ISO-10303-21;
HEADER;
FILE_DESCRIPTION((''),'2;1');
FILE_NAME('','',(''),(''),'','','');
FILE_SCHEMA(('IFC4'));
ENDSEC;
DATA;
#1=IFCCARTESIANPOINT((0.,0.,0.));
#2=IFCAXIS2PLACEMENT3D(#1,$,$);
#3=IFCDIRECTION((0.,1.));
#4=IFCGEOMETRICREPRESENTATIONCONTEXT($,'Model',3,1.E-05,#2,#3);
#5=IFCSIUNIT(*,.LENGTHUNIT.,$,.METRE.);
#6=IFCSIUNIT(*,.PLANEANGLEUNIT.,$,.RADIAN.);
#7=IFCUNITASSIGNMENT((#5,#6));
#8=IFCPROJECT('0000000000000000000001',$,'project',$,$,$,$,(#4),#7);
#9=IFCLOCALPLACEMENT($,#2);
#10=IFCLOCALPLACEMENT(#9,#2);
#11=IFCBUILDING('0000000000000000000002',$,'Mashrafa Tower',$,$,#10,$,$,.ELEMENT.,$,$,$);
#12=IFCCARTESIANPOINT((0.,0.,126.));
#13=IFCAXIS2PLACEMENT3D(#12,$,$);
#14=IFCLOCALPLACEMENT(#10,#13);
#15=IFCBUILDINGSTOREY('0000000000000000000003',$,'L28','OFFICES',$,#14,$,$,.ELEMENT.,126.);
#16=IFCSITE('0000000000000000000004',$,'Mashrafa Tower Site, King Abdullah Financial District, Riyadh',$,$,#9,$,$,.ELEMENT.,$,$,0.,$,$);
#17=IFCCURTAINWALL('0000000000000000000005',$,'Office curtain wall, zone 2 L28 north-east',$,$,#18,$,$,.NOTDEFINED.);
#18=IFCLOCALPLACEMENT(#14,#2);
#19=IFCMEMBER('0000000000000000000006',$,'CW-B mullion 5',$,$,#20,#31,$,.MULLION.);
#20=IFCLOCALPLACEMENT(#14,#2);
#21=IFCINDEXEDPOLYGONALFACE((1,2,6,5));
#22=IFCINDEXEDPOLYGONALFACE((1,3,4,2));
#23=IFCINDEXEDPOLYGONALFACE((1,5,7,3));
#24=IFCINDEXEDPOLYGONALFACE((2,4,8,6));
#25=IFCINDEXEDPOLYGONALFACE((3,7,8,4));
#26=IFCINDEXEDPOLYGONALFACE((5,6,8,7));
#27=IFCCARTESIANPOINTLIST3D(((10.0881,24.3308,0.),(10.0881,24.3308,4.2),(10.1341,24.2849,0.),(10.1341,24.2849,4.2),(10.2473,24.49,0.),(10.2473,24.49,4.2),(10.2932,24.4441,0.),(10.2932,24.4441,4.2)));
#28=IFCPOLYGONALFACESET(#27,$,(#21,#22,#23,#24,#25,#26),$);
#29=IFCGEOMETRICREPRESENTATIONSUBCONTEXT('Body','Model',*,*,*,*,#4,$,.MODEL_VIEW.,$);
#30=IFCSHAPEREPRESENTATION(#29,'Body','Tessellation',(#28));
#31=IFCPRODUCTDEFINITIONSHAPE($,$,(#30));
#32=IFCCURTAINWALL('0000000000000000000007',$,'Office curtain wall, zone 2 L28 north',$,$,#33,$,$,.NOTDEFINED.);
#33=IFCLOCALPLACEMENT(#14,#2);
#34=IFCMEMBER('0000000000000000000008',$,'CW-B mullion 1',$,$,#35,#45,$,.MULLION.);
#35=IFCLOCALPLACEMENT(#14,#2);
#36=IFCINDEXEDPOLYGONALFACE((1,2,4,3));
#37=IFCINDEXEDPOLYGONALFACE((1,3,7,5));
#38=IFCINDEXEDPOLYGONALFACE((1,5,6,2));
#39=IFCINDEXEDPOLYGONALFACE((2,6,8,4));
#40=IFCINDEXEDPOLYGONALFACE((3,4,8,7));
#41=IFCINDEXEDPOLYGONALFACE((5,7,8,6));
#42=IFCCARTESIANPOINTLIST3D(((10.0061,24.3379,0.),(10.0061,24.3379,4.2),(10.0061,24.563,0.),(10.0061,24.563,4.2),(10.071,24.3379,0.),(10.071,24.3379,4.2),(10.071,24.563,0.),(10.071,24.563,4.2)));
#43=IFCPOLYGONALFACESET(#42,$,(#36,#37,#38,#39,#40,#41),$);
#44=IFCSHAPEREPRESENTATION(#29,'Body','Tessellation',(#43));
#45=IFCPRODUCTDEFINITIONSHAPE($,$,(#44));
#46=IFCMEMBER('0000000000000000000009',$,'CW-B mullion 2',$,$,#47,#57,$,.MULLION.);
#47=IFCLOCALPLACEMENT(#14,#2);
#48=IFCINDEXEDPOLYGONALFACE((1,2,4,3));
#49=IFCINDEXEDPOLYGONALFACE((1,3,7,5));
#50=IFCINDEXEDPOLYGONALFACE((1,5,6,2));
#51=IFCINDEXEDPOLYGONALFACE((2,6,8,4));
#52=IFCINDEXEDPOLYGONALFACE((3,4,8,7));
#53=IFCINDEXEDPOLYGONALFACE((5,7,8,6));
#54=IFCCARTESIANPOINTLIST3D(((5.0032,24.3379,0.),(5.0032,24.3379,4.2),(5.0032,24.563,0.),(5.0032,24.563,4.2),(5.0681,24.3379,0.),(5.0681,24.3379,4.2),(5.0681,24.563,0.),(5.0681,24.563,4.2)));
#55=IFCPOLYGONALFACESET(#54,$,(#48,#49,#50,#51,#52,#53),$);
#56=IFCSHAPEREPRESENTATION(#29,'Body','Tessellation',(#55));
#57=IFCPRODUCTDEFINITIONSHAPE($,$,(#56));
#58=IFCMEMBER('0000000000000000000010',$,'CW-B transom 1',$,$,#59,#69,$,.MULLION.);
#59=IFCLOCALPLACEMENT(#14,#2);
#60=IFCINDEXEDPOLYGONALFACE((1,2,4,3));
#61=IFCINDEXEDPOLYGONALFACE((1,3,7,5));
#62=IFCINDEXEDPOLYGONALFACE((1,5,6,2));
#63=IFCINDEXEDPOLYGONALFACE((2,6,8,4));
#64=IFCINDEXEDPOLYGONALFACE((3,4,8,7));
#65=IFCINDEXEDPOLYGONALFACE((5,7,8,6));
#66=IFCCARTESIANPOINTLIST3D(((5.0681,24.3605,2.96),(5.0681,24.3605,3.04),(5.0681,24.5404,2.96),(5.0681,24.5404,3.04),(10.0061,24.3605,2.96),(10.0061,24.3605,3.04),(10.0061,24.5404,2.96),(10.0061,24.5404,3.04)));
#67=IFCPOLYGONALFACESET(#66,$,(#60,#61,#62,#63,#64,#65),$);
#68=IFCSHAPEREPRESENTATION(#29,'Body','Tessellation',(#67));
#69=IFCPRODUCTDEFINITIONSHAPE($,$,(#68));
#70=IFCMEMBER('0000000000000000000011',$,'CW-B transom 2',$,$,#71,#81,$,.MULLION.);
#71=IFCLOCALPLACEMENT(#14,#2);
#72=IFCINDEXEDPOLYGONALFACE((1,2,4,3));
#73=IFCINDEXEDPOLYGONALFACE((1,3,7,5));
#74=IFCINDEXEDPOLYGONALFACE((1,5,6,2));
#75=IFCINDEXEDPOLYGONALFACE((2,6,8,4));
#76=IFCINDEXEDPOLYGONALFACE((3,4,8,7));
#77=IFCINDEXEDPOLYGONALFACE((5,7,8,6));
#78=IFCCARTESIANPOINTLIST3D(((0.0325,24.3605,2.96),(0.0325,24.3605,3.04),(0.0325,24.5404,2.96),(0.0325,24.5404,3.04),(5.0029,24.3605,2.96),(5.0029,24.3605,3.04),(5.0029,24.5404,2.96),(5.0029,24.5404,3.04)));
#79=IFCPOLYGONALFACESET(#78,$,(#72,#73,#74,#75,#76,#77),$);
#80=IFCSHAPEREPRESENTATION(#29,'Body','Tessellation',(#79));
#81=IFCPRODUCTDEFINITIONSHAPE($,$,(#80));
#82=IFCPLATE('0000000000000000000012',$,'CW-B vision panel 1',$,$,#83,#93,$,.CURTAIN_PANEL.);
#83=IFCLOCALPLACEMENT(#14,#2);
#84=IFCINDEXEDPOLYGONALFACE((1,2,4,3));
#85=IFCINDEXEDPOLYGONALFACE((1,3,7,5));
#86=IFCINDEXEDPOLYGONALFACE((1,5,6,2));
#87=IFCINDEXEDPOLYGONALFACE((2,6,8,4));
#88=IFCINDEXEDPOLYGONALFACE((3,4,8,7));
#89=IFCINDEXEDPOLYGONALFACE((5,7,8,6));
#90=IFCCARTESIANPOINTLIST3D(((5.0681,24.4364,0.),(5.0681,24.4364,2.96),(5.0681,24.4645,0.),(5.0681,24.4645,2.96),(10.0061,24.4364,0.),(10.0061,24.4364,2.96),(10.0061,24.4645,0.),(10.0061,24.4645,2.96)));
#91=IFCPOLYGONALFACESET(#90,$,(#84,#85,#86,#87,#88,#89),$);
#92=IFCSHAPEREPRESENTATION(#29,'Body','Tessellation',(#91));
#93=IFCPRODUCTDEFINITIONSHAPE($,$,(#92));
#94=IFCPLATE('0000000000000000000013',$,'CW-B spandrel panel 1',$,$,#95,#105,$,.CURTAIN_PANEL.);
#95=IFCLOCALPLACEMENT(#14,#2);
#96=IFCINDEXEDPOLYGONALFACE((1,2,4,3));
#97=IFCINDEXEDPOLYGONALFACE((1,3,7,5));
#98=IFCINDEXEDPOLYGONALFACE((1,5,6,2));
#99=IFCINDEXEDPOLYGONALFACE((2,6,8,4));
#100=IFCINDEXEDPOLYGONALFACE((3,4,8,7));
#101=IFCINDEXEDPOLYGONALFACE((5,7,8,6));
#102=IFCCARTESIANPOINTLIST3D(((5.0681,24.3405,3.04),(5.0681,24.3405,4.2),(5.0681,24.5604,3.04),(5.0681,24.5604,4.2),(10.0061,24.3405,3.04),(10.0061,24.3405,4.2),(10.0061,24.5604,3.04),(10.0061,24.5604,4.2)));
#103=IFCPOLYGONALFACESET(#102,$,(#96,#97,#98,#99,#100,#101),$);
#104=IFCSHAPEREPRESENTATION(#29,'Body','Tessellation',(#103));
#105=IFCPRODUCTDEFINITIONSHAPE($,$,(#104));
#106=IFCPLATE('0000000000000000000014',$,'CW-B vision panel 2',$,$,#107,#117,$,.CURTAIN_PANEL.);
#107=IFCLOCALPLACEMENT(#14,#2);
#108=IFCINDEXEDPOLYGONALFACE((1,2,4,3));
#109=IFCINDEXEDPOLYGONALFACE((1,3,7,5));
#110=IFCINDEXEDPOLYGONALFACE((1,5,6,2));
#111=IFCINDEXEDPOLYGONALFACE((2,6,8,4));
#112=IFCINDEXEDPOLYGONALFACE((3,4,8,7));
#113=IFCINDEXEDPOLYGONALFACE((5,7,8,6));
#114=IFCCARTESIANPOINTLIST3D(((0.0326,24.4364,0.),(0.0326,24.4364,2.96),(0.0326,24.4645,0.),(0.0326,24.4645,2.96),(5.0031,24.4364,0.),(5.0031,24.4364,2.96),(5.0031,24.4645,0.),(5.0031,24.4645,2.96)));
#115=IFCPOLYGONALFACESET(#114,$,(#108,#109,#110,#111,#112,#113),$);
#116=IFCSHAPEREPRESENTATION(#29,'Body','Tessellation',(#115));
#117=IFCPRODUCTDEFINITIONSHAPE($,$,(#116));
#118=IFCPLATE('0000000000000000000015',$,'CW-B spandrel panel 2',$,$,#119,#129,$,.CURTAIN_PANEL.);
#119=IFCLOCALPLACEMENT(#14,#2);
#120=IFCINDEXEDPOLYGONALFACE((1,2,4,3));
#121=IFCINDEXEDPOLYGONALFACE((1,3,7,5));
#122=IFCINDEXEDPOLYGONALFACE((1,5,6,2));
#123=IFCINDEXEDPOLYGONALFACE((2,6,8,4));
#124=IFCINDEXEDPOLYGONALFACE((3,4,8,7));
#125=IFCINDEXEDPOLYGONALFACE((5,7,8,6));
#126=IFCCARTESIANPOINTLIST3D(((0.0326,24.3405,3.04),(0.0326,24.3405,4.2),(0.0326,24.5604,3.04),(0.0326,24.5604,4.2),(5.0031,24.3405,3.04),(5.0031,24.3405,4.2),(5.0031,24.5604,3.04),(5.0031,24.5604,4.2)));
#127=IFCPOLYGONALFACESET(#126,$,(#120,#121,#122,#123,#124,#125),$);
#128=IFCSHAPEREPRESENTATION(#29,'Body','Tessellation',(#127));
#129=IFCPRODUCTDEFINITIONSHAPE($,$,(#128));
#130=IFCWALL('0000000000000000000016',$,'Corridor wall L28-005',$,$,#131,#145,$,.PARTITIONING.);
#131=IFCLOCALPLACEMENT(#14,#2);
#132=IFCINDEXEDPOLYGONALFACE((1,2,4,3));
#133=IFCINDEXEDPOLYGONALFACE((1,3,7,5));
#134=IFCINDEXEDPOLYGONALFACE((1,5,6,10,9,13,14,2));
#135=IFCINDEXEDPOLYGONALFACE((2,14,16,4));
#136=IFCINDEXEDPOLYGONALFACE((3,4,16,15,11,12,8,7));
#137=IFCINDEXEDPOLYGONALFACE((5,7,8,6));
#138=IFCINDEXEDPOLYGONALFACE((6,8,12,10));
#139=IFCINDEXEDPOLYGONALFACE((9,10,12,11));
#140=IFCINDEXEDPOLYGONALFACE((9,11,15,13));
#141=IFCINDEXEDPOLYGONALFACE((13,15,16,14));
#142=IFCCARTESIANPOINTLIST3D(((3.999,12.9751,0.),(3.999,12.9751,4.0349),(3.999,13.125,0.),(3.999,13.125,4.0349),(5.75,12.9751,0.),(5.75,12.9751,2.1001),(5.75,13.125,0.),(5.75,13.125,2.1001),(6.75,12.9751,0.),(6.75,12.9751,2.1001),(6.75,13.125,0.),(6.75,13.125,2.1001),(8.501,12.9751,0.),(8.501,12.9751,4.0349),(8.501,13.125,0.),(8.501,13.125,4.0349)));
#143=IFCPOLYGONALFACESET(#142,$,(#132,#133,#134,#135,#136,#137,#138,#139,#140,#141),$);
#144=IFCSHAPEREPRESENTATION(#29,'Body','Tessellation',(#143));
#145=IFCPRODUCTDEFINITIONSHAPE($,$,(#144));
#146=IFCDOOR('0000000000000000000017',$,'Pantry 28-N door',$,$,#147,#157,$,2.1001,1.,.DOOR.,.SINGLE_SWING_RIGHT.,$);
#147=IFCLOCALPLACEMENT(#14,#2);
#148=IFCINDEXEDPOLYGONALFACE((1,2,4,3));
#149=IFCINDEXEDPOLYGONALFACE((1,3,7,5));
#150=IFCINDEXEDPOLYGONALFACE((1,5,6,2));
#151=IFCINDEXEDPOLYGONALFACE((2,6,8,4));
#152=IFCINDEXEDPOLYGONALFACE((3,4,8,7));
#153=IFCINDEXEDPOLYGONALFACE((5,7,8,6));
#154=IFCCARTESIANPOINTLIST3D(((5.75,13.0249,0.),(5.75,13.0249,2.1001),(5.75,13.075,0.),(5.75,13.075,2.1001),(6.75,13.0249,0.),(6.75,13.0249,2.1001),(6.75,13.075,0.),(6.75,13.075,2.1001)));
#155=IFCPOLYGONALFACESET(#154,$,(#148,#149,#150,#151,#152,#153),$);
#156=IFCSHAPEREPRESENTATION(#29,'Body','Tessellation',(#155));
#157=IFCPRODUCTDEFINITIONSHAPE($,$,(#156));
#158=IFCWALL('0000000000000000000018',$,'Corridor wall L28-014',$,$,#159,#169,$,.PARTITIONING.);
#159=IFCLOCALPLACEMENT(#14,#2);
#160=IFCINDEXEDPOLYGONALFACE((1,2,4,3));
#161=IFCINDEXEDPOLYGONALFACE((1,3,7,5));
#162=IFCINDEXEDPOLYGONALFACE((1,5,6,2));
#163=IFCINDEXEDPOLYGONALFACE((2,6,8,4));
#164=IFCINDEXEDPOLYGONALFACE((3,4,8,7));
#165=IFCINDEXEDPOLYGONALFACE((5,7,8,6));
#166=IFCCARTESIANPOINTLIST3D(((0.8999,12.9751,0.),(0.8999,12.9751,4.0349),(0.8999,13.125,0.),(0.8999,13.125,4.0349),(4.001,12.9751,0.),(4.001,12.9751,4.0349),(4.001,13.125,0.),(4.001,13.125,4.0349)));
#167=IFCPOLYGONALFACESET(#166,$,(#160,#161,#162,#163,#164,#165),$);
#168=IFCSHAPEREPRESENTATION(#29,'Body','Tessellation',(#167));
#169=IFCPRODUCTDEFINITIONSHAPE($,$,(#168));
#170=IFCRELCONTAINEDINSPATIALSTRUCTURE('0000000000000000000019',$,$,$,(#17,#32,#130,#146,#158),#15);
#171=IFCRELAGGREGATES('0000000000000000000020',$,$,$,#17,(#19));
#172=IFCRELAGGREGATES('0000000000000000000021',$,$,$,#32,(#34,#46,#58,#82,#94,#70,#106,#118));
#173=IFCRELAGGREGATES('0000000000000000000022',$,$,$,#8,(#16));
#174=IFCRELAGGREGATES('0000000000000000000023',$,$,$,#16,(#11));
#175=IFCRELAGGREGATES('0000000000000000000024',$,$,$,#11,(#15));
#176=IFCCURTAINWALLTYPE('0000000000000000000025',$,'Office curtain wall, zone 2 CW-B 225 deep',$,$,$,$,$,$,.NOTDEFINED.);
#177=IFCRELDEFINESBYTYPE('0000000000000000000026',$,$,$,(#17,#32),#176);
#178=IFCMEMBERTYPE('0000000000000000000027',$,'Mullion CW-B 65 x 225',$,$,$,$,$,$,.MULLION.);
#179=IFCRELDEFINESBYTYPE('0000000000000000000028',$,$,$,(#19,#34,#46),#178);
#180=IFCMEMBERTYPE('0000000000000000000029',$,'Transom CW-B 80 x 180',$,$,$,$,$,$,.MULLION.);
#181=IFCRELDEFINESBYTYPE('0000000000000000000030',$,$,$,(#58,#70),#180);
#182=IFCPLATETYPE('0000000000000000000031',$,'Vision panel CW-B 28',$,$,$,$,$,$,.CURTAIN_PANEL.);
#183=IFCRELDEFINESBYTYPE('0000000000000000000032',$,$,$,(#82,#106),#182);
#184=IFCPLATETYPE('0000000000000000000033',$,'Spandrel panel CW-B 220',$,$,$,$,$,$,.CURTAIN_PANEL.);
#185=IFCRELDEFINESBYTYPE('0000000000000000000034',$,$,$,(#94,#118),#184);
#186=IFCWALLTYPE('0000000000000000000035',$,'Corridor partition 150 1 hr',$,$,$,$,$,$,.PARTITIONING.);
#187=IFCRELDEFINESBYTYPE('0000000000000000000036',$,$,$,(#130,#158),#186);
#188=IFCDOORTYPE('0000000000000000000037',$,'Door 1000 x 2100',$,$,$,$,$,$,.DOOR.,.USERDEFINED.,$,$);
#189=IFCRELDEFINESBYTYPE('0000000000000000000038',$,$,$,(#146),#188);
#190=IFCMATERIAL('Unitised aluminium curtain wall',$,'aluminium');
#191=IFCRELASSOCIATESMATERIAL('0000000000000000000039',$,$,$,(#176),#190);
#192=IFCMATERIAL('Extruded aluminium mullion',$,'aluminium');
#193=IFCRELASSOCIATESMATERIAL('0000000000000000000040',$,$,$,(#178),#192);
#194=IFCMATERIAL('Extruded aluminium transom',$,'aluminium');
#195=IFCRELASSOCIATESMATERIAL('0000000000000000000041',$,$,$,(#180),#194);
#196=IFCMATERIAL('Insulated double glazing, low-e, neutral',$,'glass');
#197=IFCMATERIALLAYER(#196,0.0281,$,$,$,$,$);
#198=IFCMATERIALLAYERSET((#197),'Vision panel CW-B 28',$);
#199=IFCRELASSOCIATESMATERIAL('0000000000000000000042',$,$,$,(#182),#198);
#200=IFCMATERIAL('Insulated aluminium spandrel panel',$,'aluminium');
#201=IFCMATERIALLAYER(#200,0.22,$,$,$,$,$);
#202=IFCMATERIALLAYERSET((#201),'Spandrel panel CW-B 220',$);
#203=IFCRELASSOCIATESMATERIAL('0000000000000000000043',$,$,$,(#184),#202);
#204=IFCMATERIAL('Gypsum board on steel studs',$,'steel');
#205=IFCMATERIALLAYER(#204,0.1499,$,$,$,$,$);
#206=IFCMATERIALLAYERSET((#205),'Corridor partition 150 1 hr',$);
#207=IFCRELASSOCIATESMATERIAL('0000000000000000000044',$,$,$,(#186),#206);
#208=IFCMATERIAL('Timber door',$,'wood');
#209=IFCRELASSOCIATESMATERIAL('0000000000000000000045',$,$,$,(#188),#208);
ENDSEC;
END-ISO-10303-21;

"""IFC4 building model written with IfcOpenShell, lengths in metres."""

from ifc_helpers import new_model, si_unit, direction, frame, frame_2d, origin, origin_2d, place, context, subcontext, project, spatial, rectangle, extrude, source, transform, mapped, material, layer, layer_set, material_profile, profile_set, type_object, type_shapes, element, fill, aggregate, save


model = new_model("IFC4")

# Units and contexts
model_context = context("Model", 3, precision=1e-05, world=origin(), true_north=direction((0.0, 1.0)))
body_context = subcontext(model_context, "Body", "Model", "MODEL_VIEW")
ifc_project = project(units=[si_unit("LENGTHUNIT", "METRE"), si_unit("PLANEANGLEUNIT", "RADIAN")], contexts=[model_context])

# Site, building, storey
site_placement = place(None, origin())
site = spatial("IfcSite", under=ifc_project, at=site_placement, Name="Mashrafa Tower Site, King Abdullah Financial District, Riyadh", CompositionType="ELEMENT", RefElevation=0.0)
building_placement = place(site_placement, origin())
building = spatial("IfcBuilding", under=site, at=building_placement, Name="Mashrafa Tower", CompositionType="ELEMENT")
storey_placement = place(building_placement, frame((0.0, 0.0, 126.0)))
storey = spatial("IfcBuildingStorey", under=building, at=storey_placement, Name="L28", Description="OFFICES", CompositionType="ELEMENT", Elevation=126.0)

# Curtain wall, member
ifc_material_1 = material(Name="Unitised aluminium curtain wall", Category="aluminium")
curtain_wall_type = type_object("IfcCurtainWallType", Name="Office curtain wall, zone 2 CW-B 225 deep", PredefinedType="NOTDEFINED", material=ifc_material_1)
curtain_wall_1_placement = place(storey_placement, origin())
curtain_wall_1 = element("IfcCurtainWall", 1, at=curtain_wall_1_placement, inside=storey, type_object=curtain_wall_type, Name="Office curtain wall, zone 2 L28 north-east", PredefinedType="NOTDEFINED")
ifc_material_2 = material(Name="Extruded aluminium mullion", Category="aluminium")
ifc_material_profile_1 = material_profile(ifc_material_2, rectangle(XDim=0.2251, YDim=0.0649, at=origin_2d()), Name="Mullion 65x225")
ifc_profile_set_1 = profile_set([ifc_material_profile_1], Name="Extruded aluminium mullion")
member_type_1 = type_object("IfcMemberType", Name="Mullion CW-B 65 x 225", PredefinedType="MULLION", material=ifc_profile_set_1)
shared_shape_1 = source(origin(), body_context, "Body", "SweptSolid", [
    extrude(rectangle(XDim=0.2251, YDim=0.0649, at=origin_2d()), origin(), (0.0, 0.0, 1.0), 4.2),
])
type_shapes(member_type_1, [shared_shape_1])
member_1_placement = place(storey_placement, frame((10.1907, 24.3875, 0.0), z_axis=(0.0, 0.0, 1.0), x_axis=(-0.707107, -0.707107, 0.0)))
member_1 = element("IfcMember", 2, at=member_1_placement, type_object=member_type_1, Name="CW-B mullion 5", PredefinedType="MULLION", context=body_context, shape_type="MappedRepresentation", body=[
    mapped(shared_shape_1, transform((0.0, 0.0, 0.0))),
])
aggregate(curtain_wall_1, [member_1])

# Curtain wall, members, plates
curtain_wall_2_placement = place(storey_placement, origin())
curtain_wall_2 = element("IfcCurtainWall", 3, at=curtain_wall_2_placement, inside=storey, type_object=curtain_wall_type, Name="Office curtain wall, zone 2 L28 north", PredefinedType="NOTDEFINED")
member_2_placement = place(storey_placement, frame((10.0386, 24.4504, 0.0), z_axis=(0.0, 0.0, 1.0), x_axis=(0.0, -1.0, 0.0)))
member_2 = element("IfcMember", 4, at=member_2_placement, type_object=member_type_1, Name="CW-B mullion 1", PredefinedType="MULLION", context=body_context, shape_type="MappedRepresentation", body=[
    mapped(shared_shape_1, transform((0.0, 0.0, 0.0))),
])
member_3_placement = place(storey_placement, frame((5.0356, 24.4504, 0.0), z_axis=(0.0, 0.0, 1.0), x_axis=(0.0, -1.0, 0.0)))
member_3 = element("IfcMember", 5, at=member_3_placement, type_object=member_type_1, Name="CW-B mullion 2", PredefinedType="MULLION", context=body_context, shape_type="MappedRepresentation", body=[
    mapped(shared_shape_1, transform((0.0, 0.0, 0.0))),
])
ifc_material_3 = material(Name="Extruded aluminium transom", Category="aluminium")
ifc_material_profile_2 = material_profile(ifc_material_3, rectangle(XDim=0.1799, YDim=0.0801, at=origin_2d()), Name="Transom 80x180")
ifc_profile_set_2 = profile_set([ifc_material_profile_2], Name="Extruded aluminium transom")
member_type_2 = type_object("IfcMemberType", Name="Transom CW-B 80 x 180", PredefinedType="MULLION", material=ifc_profile_set_2)
shared_shape_2 = source(origin(), body_context, "Body", "SweptSolid", [
    extrude(rectangle(XDim=0.1799, YDim=0.0801, at=origin_2d()), origin(), (0.0, 0.0, 1.0), 4.938),
])
member_4_placement = place(storey_placement, frame((10.0061, 24.4504, 3.0), z_axis=(-1.0, 0.0, 0.0), x_axis=(0.0, -1.0, 0.0)))
member_4 = element("IfcMember", 6, at=member_4_placement, type_object=member_type_2, Name="CW-B transom 1", PredefinedType="MULLION", context=body_context, shape_type="MappedRepresentation", body=[
    mapped(shared_shape_2, transform((0.0, 0.0, 0.0))),
])
shared_shape_3 = source(origin(), body_context, "Body", "SweptSolid", [
    extrude(rectangle(XDim=0.1799, YDim=0.0801, at=origin_2d()), origin(), (0.0, 0.0, 1.0), 4.9705),
])
type_shapes(member_type_2, [shared_shape_2, shared_shape_3])
member_5_placement = place(storey_placement, frame((5.0029, 24.4504, 3.0), z_axis=(-1.0, 0.0, 0.0), x_axis=(0.0, -1.0, 0.0)))
member_5 = element("IfcMember", 7, at=member_5_placement, type_object=member_type_2, Name="CW-B transom 2", PredefinedType="MULLION", context=body_context, shape_type="MappedRepresentation", body=[
    mapped(shared_shape_3, transform((0.0, 0.0, 0.0))),
])
ifc_material_4 = material(Name="Insulated double glazing, low-e, neutral", Category="glass")
ifc_layer_1 = layer(ifc_material_4, 0.0281)
ifc_layer_set_1 = layer_set([ifc_layer_1], Name="Vision panel CW-B 28")
plate_type_1 = type_object("IfcPlateType", Name="Vision panel CW-B 28", PredefinedType="CURTAIN_PANEL", material=ifc_layer_set_1)
shared_shape_4 = source(origin(), body_context, "Body", "SweptSolid", [
    extrude(rectangle(XDim=4.938, YDim=0.0281, at=origin_2d()), origin(), (0.0, 0.0, 1.0), 2.96),
])
plate_1_placement = place(storey_placement, frame((7.5371, 24.4504, 0.0), z_axis=(0.0, 0.0, 1.0), x_axis=(-1.0, 0.0, 0.0)))
plate_1 = element("IfcPlate", 8, at=plate_1_placement, type_object=plate_type_1, Name="CW-B vision panel 1", PredefinedType="CURTAIN_PANEL", context=body_context, shape_type="MappedRepresentation", body=[
    mapped(shared_shape_4, transform((0.0, 0.0, 0.0))),
])
ifc_material_5 = material(Name="Insulated aluminium spandrel panel", Category="aluminium")
ifc_layer_2 = layer(ifc_material_5, 0.22)
ifc_layer_set_2 = layer_set([ifc_layer_2], Name="Spandrel panel CW-B 220")
plate_type_2 = type_object("IfcPlateType", Name="Spandrel panel CW-B 220", PredefinedType="CURTAIN_PANEL", material=ifc_layer_set_2)
shared_shape_5 = source(origin(), body_context, "Body", "SweptSolid", [
    extrude(rectangle(XDim=4.938, YDim=0.22, at=origin_2d()), origin(), (0.0, 0.0, 1.0), 1.1599),
])
plate_2_placement = place(storey_placement, frame((7.5371, 24.4504, 3.04), z_axis=(0.0, 0.0, 1.0), x_axis=(-1.0, 0.0, 0.0)))
plate_2 = element("IfcPlate", 9, at=plate_2_placement, type_object=plate_type_2, Name="CW-B spandrel panel 1", PredefinedType="CURTAIN_PANEL", context=body_context, shape_type="MappedRepresentation", body=[
    mapped(shared_shape_5, transform((0.0, 0.0, 0.0))),
])
shared_shape_6 = source(origin(), body_context, "Body", "SweptSolid", [
    extrude(rectangle(XDim=4.9705, YDim=0.0281, at=origin_2d()), origin(), (0.0, 0.0, 1.0), 2.96),
])
type_shapes(plate_type_1, [shared_shape_4, shared_shape_6])
plate_3_placement = place(storey_placement, frame((2.5178, 24.4504, 0.0), z_axis=(0.0, 0.0, 1.0), x_axis=(-1.0, 0.0, 0.0)))
plate_3 = element("IfcPlate", 10, at=plate_3_placement, type_object=plate_type_1, Name="CW-B vision panel 2", PredefinedType="CURTAIN_PANEL", context=body_context, shape_type="MappedRepresentation", body=[
    mapped(shared_shape_6, transform((0.0, 0.0, 0.0))),
])
shared_shape_7 = source(origin(), body_context, "Body", "SweptSolid", [
    extrude(rectangle(XDim=4.9705, YDim=0.22, at=origin_2d()), origin(), (0.0, 0.0, 1.0), 1.1599),
])
type_shapes(plate_type_2, [shared_shape_5, shared_shape_7])
plate_4_placement = place(storey_placement, frame((2.5178, 24.4504, 3.04), z_axis=(0.0, 0.0, 1.0), x_axis=(-1.0, 0.0, 0.0)))
plate_4 = element("IfcPlate", 11, at=plate_4_placement, type_object=plate_type_2, Name="CW-B spandrel panel 2", PredefinedType="CURTAIN_PANEL", context=body_context, shape_type="MappedRepresentation", body=[
    mapped(shared_shape_7, transform((0.0, 0.0, 0.0))),
])
aggregate(curtain_wall_2, [member_2, member_3, member_4, plate_1, plate_2, member_5, plate_3, plate_4])

# Wall, opening, door
ifc_material_6 = material(Name="Gypsum board on steel studs", Category="steel")
ifc_layer_3 = layer(ifc_material_6, 0.1499)
ifc_layer_set_3 = layer_set([ifc_layer_3], Name="Corridor partition 150 1 hr")
wall_type_1 = type_object("IfcWallType", Name="Corridor partition 150 1 hr", PredefinedType="PARTITIONING", material=ifc_layer_set_3)
wall_1_placement = place(storey_placement, frame((8.501, 13.05, 0.0), z_axis=(0.0, 0.0, 1.0), x_axis=(-1.0, 0.0, 0.0)))
wall_1 = element("IfcWall", 12, at=wall_1_placement, inside=storey, type_object=wall_type_1, Name="Corridor wall L28-005", PredefinedType="PARTITIONING", context=body_context, shape_type="SweptSolid", body=[
    extrude(rectangle(XDim=4.502, YDim=0.1499, at=frame_2d((2.251, 0.0))), origin(), (0.0, 0.0, 1.0), 4.0349),
])
opening_placement = place(wall_1_placement, frame((1.751, 0.0, 0.0)))
opening = element("IfcOpeningElement", 13, at=opening_placement, cuts=wall_1, PredefinedType="OPENING", context=body_context, shape_type="SweptSolid", body=[
    extrude(rectangle(XDim=1.0, YDim=2.1001, at=frame_2d((0.5, 1.05))), frame((0.0, 0.085, 0.0), z_axis=(0.0, -1.0, 0.0), x_axis=(1.0, 0.0, 0.0)), (0.0, 0.0, 1.0), 0.1699),
])
ifc_material_7 = material(Name="Timber door", Category="wood")
door_type = type_object("IfcDoorType", Name="Door 1000 x 2100", OperationType="USERDEFINED", PredefinedType="DOOR", material=ifc_material_7)
door_placement = place(opening_placement, frame((1.0, 0.0, 0.0), z_axis=(0.0, 0.0, 1.0), x_axis=(-1.0, 0.0, 0.0)))
door = element("IfcDoor", 14, at=door_placement, inside=storey, type_object=door_type, Name="Pantry 28-N door", OperationType="SINGLE_SWING_RIGHT", OverallHeight=2.1001, OverallWidth=1.0, PredefinedType="DOOR", context=body_context, shape_type="SweptSolid", body=[
    extrude(rectangle(XDim=1.0, YDim=2.1001, at=frame_2d((0.5, 1.05))), frame((0.0, 0.0249, 0.0), z_axis=(0.0, -1.0, 0.0), x_axis=(1.0, 0.0, 0.0)), (0.0, 0.0, 1.0), 0.05),
])
fill(opening, door)

# Wall
wall_2_placement = place(storey_placement, frame((4.001, 13.05, 0.0), z_axis=(0.0, 0.0, 1.0), x_axis=(-1.0, 0.0, 0.0)))
element("IfcWall", 15, at=wall_2_placement, inside=storey, type_object=wall_type_1, Name="Corridor wall L28-014", PredefinedType="PARTITIONING", context=body_context, shape_type="SweptSolid", body=[
    extrude(rectangle(XDim=3.1011, YDim=0.1499, at=frame_2d((1.5505, 0.0))), origin(), (0.0, 0.0, 1.0), 4.0349),
])

save(model, "model.ifc")
